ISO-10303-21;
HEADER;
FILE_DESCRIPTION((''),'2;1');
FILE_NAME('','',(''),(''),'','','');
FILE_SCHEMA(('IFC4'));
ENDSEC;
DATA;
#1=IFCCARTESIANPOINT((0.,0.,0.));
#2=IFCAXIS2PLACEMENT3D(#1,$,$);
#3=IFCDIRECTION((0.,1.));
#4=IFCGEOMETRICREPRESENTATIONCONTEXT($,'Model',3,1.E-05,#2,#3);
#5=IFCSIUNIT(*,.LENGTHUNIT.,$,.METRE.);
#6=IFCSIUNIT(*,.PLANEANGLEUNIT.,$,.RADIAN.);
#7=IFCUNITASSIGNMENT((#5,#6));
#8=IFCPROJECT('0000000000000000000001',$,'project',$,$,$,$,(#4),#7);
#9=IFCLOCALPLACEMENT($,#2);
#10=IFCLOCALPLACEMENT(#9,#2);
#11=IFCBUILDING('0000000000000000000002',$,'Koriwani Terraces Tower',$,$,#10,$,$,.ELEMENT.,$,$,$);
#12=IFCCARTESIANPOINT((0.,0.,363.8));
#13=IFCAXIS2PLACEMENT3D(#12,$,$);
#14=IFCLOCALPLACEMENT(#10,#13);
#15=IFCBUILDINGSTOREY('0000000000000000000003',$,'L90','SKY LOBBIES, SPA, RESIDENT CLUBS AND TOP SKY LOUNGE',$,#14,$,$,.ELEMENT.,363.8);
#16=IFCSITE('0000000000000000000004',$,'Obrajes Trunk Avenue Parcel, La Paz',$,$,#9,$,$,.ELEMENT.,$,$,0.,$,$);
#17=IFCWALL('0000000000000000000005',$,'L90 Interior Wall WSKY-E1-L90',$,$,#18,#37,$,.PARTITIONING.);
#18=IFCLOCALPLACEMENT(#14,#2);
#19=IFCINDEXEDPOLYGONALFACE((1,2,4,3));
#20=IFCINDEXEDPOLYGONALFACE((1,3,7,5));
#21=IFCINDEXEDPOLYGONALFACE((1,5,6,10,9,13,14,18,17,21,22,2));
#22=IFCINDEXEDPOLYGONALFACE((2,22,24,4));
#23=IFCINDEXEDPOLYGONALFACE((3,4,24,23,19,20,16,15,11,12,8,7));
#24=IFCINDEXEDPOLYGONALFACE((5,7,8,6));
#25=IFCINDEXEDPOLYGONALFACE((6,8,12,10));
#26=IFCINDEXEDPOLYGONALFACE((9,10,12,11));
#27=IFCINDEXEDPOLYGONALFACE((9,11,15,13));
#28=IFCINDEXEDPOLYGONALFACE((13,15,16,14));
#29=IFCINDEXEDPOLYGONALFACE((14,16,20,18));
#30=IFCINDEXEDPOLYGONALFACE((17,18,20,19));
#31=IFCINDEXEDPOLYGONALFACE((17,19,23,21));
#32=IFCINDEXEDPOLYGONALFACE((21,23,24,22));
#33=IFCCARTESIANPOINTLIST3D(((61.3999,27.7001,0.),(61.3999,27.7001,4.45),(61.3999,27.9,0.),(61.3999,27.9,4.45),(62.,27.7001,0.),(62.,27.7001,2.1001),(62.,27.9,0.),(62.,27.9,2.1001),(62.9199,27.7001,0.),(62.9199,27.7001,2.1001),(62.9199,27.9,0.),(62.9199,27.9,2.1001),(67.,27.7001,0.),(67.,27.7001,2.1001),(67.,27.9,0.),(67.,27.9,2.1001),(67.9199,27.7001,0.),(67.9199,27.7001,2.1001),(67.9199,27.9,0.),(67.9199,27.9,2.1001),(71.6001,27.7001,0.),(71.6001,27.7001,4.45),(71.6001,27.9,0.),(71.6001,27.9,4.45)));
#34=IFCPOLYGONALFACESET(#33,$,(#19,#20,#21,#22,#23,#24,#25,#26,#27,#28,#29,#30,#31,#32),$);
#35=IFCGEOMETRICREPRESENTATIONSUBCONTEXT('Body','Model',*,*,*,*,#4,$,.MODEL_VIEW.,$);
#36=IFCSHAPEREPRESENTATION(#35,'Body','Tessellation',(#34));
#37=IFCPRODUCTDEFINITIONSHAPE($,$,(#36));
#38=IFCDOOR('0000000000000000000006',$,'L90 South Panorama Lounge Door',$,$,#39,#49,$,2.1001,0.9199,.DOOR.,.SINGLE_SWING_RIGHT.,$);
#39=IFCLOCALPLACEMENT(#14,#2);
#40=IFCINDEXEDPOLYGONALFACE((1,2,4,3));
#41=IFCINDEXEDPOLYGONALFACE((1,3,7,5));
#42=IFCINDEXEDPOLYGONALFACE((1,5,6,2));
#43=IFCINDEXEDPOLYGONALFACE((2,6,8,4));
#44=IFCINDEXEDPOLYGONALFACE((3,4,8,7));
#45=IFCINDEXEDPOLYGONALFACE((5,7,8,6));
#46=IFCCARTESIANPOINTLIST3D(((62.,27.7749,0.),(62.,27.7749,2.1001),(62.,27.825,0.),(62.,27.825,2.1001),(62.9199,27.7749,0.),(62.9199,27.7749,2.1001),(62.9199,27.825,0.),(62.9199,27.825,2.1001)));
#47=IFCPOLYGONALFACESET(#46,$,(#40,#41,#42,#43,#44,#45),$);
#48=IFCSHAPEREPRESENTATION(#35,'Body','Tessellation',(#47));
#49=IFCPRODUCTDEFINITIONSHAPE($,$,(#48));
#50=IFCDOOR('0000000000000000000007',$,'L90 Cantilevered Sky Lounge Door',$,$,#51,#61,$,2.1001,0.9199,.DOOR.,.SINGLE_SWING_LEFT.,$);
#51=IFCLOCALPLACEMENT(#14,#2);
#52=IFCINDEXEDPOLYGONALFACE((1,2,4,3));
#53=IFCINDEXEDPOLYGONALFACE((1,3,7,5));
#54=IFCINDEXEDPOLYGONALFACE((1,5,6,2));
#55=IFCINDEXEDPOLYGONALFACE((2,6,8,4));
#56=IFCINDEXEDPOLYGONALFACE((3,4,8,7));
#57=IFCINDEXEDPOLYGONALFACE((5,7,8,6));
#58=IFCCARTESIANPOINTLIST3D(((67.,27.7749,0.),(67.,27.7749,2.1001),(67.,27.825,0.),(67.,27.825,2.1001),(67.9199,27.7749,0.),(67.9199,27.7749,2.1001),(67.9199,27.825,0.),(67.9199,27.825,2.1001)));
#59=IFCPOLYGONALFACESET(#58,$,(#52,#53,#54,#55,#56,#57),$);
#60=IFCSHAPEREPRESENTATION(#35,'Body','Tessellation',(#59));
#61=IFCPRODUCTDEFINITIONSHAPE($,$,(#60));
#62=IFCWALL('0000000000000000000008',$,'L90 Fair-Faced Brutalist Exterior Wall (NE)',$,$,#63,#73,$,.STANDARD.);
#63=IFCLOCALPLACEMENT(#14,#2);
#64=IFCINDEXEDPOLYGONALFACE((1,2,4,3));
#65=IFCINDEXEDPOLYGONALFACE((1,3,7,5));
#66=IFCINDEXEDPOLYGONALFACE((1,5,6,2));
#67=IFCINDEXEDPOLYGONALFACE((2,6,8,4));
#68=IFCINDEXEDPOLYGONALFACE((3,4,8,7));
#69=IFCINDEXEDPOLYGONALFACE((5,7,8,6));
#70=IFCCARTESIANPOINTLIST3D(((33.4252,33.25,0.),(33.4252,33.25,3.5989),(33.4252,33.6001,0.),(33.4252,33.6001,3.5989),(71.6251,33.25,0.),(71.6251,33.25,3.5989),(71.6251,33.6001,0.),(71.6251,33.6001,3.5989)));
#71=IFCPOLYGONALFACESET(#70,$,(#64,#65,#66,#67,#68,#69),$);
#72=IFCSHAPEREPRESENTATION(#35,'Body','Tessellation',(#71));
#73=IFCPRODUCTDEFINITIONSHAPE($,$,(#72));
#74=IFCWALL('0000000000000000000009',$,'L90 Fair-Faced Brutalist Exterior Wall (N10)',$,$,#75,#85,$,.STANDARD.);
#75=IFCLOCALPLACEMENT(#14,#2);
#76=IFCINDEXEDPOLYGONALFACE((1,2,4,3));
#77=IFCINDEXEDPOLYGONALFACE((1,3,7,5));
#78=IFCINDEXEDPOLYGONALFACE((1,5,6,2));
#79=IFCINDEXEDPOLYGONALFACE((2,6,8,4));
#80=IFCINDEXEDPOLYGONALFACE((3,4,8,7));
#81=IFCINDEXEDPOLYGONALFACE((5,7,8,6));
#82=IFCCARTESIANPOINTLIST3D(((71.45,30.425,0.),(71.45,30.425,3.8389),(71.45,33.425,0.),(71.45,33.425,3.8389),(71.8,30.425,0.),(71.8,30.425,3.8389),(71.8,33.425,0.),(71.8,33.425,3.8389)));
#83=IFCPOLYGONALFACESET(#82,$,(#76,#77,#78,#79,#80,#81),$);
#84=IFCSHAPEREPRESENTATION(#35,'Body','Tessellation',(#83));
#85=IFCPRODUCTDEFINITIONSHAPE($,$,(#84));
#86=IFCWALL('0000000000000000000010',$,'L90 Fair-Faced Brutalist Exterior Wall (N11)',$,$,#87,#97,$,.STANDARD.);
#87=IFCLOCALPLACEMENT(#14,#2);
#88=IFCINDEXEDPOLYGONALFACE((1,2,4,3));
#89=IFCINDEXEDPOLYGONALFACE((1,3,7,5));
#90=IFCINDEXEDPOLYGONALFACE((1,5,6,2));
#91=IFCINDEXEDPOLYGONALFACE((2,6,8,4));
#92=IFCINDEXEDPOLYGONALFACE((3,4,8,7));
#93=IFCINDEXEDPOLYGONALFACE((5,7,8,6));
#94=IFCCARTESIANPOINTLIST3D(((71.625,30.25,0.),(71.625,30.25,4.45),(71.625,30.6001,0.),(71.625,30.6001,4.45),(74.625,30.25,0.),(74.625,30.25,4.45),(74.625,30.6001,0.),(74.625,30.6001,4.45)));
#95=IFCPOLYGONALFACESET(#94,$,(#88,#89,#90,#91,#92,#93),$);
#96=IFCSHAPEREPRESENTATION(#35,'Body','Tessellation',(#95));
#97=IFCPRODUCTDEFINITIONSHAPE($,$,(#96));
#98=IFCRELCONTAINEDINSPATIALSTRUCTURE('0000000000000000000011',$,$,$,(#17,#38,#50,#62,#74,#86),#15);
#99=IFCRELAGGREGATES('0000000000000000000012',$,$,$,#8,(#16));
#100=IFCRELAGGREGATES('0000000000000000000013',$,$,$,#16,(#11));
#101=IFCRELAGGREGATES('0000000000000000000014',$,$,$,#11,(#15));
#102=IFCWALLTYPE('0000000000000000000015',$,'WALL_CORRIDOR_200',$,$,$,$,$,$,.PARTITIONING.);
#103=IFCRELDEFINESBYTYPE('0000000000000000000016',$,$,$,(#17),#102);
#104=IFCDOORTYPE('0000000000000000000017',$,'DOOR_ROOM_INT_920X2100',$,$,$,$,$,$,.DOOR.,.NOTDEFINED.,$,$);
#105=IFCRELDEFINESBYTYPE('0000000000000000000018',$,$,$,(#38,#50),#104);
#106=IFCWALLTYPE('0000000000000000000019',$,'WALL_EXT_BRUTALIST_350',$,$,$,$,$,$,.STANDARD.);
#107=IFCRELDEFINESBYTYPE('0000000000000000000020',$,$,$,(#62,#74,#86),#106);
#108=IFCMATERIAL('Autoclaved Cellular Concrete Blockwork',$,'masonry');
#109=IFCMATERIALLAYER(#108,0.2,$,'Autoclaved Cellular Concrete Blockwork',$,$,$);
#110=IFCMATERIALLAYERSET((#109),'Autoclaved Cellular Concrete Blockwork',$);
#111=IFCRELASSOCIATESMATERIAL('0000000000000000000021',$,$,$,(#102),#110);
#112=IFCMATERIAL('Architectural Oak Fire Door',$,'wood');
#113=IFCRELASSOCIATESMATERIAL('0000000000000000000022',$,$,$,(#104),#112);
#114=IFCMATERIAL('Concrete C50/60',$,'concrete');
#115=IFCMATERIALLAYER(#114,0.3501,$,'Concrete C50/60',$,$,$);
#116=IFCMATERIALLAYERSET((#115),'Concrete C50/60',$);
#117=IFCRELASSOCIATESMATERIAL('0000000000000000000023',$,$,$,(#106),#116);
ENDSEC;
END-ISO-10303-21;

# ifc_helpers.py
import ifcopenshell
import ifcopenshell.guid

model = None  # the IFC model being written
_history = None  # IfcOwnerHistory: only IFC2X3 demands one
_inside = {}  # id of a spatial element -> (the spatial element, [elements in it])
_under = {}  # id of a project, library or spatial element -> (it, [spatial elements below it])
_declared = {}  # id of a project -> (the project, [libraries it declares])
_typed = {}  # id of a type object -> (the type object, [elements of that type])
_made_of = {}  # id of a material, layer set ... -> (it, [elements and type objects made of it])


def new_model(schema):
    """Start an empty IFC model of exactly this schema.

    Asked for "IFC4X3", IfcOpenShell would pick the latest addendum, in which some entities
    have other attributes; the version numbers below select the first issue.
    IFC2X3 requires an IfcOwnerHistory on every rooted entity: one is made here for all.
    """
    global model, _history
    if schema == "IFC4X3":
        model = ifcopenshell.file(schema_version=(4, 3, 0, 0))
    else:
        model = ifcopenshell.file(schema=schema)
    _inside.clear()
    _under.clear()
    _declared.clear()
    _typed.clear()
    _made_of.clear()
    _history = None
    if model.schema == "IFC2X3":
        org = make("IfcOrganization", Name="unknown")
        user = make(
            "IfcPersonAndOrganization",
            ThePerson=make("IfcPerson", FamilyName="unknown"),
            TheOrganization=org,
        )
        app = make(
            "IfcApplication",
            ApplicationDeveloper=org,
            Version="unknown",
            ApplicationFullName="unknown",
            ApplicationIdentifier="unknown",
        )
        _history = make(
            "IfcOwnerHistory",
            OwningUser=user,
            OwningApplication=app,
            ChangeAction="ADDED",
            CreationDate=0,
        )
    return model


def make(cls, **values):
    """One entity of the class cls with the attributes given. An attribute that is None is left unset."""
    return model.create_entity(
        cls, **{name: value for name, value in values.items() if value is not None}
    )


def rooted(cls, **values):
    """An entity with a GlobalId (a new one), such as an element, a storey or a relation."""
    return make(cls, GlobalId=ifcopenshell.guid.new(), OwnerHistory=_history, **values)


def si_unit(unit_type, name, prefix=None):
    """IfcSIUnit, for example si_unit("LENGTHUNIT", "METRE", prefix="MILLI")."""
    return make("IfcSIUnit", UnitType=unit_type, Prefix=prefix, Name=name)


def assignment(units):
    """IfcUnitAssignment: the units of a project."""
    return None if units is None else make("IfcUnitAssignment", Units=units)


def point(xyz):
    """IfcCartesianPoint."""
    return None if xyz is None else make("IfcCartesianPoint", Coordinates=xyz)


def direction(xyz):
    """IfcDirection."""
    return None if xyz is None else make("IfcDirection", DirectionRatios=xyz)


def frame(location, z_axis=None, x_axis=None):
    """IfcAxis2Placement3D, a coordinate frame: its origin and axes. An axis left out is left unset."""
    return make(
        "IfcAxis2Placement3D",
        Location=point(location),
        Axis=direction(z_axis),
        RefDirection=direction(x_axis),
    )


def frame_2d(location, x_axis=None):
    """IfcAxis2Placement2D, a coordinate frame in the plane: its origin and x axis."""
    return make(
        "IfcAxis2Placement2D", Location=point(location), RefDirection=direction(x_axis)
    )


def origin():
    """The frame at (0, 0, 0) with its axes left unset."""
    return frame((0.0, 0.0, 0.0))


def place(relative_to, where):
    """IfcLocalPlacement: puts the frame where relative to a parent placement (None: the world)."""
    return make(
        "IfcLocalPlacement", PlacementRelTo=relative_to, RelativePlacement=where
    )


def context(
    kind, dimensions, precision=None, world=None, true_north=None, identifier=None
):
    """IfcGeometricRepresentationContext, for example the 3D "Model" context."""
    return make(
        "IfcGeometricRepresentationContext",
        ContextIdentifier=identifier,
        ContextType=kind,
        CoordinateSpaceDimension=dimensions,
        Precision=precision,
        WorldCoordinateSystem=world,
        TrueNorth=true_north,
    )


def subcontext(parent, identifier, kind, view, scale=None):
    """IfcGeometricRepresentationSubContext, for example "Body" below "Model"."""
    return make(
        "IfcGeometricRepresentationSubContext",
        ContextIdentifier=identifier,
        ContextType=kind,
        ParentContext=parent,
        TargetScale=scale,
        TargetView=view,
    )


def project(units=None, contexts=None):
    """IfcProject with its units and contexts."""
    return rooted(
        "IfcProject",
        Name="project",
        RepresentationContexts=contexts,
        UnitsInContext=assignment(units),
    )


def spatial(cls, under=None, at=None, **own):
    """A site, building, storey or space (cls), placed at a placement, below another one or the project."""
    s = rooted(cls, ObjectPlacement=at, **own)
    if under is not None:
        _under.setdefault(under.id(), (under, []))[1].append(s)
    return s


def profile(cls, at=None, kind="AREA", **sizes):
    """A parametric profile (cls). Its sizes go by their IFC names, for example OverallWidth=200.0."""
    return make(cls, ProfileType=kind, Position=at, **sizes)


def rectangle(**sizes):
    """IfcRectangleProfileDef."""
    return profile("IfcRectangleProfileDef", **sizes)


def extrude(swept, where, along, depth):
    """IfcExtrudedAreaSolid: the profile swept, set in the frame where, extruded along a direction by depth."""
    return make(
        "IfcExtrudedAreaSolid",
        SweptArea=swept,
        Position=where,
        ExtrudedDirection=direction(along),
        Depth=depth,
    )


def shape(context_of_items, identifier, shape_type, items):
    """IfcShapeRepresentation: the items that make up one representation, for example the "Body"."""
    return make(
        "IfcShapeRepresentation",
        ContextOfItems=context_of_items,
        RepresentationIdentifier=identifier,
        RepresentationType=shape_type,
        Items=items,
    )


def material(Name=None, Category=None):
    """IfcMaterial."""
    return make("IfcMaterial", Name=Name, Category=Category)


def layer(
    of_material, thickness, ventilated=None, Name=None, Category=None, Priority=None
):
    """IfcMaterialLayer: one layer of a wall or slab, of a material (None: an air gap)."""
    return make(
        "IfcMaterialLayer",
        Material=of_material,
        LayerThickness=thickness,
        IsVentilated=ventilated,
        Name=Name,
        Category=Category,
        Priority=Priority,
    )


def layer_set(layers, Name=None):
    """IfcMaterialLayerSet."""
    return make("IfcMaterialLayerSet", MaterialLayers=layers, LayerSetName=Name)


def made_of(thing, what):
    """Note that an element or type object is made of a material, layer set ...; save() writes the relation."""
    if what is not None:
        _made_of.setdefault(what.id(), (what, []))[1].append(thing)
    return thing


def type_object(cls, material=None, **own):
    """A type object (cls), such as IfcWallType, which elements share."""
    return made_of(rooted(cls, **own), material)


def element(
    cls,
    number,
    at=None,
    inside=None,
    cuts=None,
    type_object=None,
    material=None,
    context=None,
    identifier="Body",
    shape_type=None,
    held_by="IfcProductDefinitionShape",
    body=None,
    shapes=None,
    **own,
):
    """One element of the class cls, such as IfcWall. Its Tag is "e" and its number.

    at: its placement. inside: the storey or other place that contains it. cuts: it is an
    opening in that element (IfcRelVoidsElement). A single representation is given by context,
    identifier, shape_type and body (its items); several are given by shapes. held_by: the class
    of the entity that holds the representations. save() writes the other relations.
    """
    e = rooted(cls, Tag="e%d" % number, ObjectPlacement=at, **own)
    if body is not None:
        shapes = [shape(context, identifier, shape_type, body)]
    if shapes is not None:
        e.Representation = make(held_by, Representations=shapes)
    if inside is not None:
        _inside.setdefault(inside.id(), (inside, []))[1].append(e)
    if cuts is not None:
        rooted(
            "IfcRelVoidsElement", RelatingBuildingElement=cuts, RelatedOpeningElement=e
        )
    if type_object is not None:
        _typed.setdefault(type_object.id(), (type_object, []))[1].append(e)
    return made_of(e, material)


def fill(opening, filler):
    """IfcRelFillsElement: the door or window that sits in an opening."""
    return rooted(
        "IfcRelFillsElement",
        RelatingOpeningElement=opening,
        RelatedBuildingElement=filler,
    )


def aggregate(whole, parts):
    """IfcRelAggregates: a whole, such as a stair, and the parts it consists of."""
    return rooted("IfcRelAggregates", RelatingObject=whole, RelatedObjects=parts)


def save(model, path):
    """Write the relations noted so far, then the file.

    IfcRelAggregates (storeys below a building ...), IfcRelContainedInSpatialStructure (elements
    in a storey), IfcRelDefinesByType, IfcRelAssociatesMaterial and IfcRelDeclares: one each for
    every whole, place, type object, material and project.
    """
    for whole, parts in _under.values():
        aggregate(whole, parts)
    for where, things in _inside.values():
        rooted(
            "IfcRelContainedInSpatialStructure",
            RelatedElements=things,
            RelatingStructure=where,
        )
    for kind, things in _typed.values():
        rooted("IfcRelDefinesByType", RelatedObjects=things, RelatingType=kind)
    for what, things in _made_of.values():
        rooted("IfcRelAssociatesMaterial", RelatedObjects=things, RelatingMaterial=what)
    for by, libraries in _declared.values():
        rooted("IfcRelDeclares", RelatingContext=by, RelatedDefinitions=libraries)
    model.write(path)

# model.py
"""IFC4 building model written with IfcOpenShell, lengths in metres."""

from ifc_helpers import new_model, si_unit, direction, frame, frame_2d, origin, place, context, subcontext, project, spatial, rectangle, extrude, material, layer, layer_set, type_object, element, fill, save


model = new_model("IFC4")

# Units and contexts
model_context = context("Model", 3, precision=1e-05, world=origin(), true_north=direction((0.0, 1.0)))
body_context = subcontext(model_context, "Body", "Model", "MODEL_VIEW")
ifc_project = project(units=[si_unit("LENGTHUNIT", "METRE"), si_unit("PLANEANGLEUNIT", "RADIAN")], contexts=[model_context])

# Site, building, storey
site_placement = place(None, origin())
site = spatial("IfcSite", under=ifc_project, at=site_placement, Name="Obrajes Trunk Avenue Parcel, La Paz", CompositionType="ELEMENT", RefElevation=0.0)
building_placement = place(site_placement, origin())
building = spatial("IfcBuilding", under=site, at=building_placement, Name="Koriwani Terraces Tower", CompositionType="ELEMENT")
storey_placement = place(building_placement, frame((0.0, 0.0, 363.8)))
storey = spatial("IfcBuildingStorey", under=building, at=storey_placement, Name="L90", Description="SKY LOBBIES, SPA, RESIDENT CLUBS AND TOP SKY LOUNGE", CompositionType="ELEMENT", Elevation=363.8)

# Shared definitions
ifc_material_1 = material(Name="Concrete C50/60", Category="concrete")

# Wall, openings, doors
ifc_material_2 = material(Name="Autoclaved Cellular Concrete Blockwork", Category="masonry")
ifc_layer_1 = layer(ifc_material_2, 0.2, Name="Autoclaved Cellular Concrete Blockwork")
ifc_layer_set_1 = layer_set([ifc_layer_1], Name="Autoclaved Cellular Concrete Blockwork")
wall_type_1 = type_object("IfcWallType", Name="WALL_CORRIDOR_200", PredefinedType="PARTITIONING", material=ifc_layer_set_1)
wall_1_placement = place(storey_placement, frame((61.3999, 27.8, 0.0), z_axis=(0.0, 0.0, 1.0), x_axis=(1.0, 0.0, 0.0)))
wall_1 = element("IfcWall", 1, at=wall_1_placement, inside=storey, type_object=wall_type_1, Name="L90 Interior Wall WSKY-E1-L90", PredefinedType="PARTITIONING", context=body_context, shape_type="SweptSolid", body=[
    extrude(rectangle(XDim=10.2002, YDim=0.2, at=frame_2d((5.1001, 0.0))), origin(), (0.0, 0.0, 1.0), 4.45),
])
opening_1_placement = place(wall_1_placement, frame((0.6001, 0.0, 0.0)))
opening_1 = element("IfcOpeningElement", 2, at=opening_1_placement, cuts=wall_1, PredefinedType="OPENING", context=body_context, shape_type="SweptSolid", body=[
    extrude(rectangle(XDim=0.9199, YDim=2.1001, at=frame_2d((0.46, 1.05))), frame((0.0, 0.1099, 0.0), z_axis=(0.0, -1.0, 0.0), x_axis=(1.0, 0.0, 0.0)), (0.0, 0.0, 1.0), 0.22),
])
opening_2_placement = place(wall_1_placement, frame((5.6001, 0.0, 0.0)))
opening_2 = element("IfcOpeningElement", 3, at=opening_2_placement, cuts=wall_1, PredefinedType="OPENING", context=body_context, shape_type="SweptSolid", body=[
    extrude(rectangle(XDim=0.9199, YDim=2.1001, at=frame_2d((0.46, 1.05))), frame((0.0, 0.1099, 0.0), z_axis=(0.0, -1.0, 0.0), x_axis=(1.0, 0.0, 0.0)), (0.0, 0.0, 1.0), 0.22),
])
ifc_material_3 = material(Name="Architectural Oak Fire Door", Category="wood")
door_type_1 = type_object("IfcDoorType", Name="DOOR_ROOM_INT_920X2100", OperationType="NOTDEFINED", PredefinedType="DOOR", material=ifc_material_3)
door_1_placement = place(opening_1_placement, origin())
door_1 = element("IfcDoor", 4, at=door_1_placement, inside=storey, type_object=door_type_1, Name="L90 South Panorama Lounge Door", OperationType="SINGLE_SWING_RIGHT", OverallHeight=2.1001, OverallWidth=0.9199, PredefinedType="DOOR", context=body_context, shape_type="SweptSolid", body=[
    extrude(rectangle(XDim=0.9199, YDim=2.1001, at=frame_2d((0.46, 1.05))), frame((0.0, 0.0249, 0.0), z_axis=(0.0, -1.0, 0.0), x_axis=(1.0, 0.0, 0.0)), (0.0, 0.0, 1.0), 0.05),
])
fill(opening_1, door_1)
door_2_placement = place(opening_2_placement, origin())
door_2 = element("IfcDoor", 5, at=door_2_placement, inside=storey, type_object=door_type_1, Name="L90 Cantilevered Sky Lounge Door", OperationType="SINGLE_SWING_LEFT", OverallHeight=2.1001, OverallWidth=0.9199, PredefinedType="DOOR", context=body_context, shape_type="SweptSolid", body=[
    extrude(rectangle(XDim=0.9199, YDim=2.1001, at=frame_2d((0.46, 1.05))), frame((0.0, 0.0249, 0.0), z_axis=(0.0, -1.0, 0.0), x_axis=(1.0, 0.0, 0.0)), (0.0, 0.0, 1.0), 0.05),
])
fill(opening_2, door_2)

# Walls
ifc_layer_2 = layer(ifc_material_1, 0.3501, Name="Concrete C50/60")
ifc_layer_set_2 = layer_set([ifc_layer_2], Name="Concrete C50/60")
wall_type_2 = type_object("IfcWallType", Name="WALL_EXT_BRUTALIST_350", PredefinedType="STANDARD", material=ifc_layer_set_2)
wall_2_placement = place(storey_placement, frame((33.425, 33.425, 0.0), z_axis=(0.0, 0.0, 1.0), x_axis=(1.0, 0.0, 0.0)))
element("IfcWall", 6, at=wall_2_placement, inside=storey, type_object=wall_type_2, Name="L90 Fair-Faced Brutalist Exterior Wall (NE)", PredefinedType="STANDARD", context=body_context, shape_type="SweptSolid", body=[
    extrude(rectangle(XDim=38.2, YDim=0.3501, at=frame_2d((19.1001, 0.0))), origin(), (0.0, 0.0, 1.0), 3.5989),
])
wall_3_placement = place(storey_placement, frame((71.625, 33.425, 0.0), z_axis=(0.0, 0.0, 1.0), x_axis=(0.0, -1.0, 0.0)))
element("IfcWall", 7, at=wall_3_placement, inside=storey, type_object=wall_type_2, Name="L90 Fair-Faced Brutalist Exterior Wall (N10)", PredefinedType="STANDARD", context=body_context, shape_type="SweptSolid", body=[
    extrude(rectangle(XDim=3.0, YDim=0.3501, at=frame_2d((1.5, 0.0))), origin(), (0.0, 0.0, 1.0), 3.8389),
])
wall_4_placement = place(storey_placement, frame((71.625, 30.425, 0.0), z_axis=(0.0, 0.0, 1.0), x_axis=(1.0, 0.0, 0.0)))
element("IfcWall", 8, at=wall_4_placement, inside=storey, type_object=wall_type_2, Name="L90 Fair-Faced Brutalist Exterior Wall (N11)", PredefinedType="STANDARD", context=body_context, shape_type="SweptSolid", body=[
    extrude(rectangle(XDim=3.0, YDim=0.3501, at=frame_2d((1.5, 0.0))), origin(), (0.0, 0.0, 1.0), 4.45),
])

save(model, "model.ifc")
